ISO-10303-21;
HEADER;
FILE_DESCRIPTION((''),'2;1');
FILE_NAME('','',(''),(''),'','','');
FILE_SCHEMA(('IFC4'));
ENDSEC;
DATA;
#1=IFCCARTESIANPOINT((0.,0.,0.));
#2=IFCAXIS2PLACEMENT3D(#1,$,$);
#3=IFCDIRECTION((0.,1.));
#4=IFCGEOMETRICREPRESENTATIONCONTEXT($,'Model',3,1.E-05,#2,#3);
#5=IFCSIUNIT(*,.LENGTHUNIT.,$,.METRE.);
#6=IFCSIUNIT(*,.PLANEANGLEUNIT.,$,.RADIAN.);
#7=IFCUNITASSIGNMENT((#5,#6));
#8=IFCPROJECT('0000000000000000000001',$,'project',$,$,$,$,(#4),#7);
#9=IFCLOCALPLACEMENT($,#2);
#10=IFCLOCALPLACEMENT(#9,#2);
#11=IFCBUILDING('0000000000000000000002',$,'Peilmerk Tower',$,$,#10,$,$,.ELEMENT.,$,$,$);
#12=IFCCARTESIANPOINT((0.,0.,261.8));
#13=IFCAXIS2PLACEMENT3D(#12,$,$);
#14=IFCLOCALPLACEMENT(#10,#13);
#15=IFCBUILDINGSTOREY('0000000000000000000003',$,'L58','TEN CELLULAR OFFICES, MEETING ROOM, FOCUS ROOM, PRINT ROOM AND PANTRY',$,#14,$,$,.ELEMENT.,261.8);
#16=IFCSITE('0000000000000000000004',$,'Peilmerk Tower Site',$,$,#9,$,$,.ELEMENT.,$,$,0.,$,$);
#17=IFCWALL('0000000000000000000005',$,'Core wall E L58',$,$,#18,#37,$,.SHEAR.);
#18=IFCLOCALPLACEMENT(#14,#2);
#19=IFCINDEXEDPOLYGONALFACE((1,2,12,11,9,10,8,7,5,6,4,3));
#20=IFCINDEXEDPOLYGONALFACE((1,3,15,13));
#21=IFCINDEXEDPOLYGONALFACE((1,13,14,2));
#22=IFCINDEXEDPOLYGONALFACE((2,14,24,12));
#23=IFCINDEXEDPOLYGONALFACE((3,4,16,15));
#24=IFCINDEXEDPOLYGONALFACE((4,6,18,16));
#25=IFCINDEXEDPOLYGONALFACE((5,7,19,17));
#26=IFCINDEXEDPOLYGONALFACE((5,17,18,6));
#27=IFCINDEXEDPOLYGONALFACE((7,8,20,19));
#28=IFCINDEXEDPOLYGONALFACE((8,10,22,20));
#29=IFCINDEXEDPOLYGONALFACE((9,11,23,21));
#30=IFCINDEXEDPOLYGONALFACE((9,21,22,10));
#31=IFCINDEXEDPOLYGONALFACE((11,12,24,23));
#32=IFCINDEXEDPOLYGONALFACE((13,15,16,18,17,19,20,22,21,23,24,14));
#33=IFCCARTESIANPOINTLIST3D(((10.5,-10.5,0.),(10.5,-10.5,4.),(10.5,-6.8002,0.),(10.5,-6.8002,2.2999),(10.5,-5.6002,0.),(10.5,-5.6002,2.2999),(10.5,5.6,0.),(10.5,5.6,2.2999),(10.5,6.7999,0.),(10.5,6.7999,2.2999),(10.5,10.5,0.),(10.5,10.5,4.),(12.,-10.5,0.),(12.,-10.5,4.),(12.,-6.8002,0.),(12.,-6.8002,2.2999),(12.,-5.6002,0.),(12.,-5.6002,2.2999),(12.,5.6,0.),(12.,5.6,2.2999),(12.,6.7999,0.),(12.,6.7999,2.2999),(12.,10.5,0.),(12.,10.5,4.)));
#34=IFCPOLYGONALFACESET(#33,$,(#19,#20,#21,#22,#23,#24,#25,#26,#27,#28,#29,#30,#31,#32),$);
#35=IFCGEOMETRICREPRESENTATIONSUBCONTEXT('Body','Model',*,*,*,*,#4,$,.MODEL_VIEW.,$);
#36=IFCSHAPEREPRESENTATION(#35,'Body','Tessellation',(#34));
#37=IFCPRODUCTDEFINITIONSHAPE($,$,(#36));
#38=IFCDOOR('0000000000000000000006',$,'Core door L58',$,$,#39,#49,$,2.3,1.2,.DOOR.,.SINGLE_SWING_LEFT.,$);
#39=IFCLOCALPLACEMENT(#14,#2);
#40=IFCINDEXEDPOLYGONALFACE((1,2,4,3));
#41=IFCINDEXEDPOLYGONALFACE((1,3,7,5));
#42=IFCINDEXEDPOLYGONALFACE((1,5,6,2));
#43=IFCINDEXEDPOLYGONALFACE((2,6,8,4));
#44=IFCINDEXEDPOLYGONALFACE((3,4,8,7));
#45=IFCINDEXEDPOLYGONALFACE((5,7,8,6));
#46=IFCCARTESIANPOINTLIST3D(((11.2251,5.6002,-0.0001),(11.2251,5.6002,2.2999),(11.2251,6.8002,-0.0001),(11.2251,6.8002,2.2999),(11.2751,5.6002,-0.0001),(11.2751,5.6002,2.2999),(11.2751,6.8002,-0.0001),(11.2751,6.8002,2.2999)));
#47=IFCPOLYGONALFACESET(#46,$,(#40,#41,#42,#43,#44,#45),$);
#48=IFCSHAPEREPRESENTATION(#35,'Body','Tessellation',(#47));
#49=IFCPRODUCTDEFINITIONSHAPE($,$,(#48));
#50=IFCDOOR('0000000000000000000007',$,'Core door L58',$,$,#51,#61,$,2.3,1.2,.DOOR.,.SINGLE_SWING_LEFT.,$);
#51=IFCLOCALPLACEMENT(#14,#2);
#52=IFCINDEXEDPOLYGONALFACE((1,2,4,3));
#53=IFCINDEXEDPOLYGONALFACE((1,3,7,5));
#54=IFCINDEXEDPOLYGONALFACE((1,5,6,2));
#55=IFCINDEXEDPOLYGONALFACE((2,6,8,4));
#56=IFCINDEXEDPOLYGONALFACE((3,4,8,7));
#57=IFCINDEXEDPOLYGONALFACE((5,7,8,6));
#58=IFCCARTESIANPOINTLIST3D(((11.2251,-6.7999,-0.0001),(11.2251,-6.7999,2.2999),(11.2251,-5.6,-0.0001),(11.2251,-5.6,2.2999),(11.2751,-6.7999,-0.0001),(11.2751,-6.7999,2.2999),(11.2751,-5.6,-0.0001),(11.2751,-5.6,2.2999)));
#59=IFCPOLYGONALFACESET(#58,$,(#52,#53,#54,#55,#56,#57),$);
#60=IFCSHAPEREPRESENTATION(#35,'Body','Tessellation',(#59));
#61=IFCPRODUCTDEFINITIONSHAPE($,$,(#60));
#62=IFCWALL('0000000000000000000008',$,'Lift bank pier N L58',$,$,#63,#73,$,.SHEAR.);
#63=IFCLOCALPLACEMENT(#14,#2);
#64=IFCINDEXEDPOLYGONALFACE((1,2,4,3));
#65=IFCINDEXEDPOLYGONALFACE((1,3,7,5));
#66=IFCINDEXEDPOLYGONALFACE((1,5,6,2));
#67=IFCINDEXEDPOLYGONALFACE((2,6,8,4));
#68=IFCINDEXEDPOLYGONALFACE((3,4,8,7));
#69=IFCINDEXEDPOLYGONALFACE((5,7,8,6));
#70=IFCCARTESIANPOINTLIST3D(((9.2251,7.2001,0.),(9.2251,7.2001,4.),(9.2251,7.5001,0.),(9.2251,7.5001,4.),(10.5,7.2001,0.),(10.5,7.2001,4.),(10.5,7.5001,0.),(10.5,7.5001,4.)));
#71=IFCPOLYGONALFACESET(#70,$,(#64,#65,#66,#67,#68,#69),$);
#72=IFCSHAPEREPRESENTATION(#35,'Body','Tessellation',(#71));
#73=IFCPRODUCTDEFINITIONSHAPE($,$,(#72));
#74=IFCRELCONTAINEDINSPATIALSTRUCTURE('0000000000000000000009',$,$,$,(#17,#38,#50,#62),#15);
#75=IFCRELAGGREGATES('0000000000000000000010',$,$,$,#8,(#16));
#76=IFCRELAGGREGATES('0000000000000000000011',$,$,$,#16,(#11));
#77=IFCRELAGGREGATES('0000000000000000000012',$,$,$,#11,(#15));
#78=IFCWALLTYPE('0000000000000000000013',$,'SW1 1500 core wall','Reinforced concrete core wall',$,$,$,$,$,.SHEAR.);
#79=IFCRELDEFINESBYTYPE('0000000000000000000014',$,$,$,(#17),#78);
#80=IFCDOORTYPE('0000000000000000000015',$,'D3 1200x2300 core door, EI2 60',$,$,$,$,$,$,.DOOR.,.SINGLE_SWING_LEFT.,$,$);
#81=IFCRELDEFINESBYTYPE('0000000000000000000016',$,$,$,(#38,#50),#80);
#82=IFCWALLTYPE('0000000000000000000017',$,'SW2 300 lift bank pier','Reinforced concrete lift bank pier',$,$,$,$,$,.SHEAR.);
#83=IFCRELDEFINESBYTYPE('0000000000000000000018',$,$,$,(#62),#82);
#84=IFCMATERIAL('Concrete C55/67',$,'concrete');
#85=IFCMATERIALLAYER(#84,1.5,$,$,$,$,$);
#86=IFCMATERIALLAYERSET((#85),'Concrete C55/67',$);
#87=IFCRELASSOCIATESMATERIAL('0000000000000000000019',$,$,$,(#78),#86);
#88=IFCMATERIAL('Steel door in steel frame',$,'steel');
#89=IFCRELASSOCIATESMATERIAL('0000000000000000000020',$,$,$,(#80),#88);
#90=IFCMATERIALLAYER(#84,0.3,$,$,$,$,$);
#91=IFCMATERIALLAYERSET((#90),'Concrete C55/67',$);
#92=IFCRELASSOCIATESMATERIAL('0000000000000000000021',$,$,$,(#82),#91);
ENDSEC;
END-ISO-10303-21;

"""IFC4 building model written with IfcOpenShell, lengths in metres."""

from ifc_helpers import new_model, si_unit, direction, frame, frame_2d, origin, place, context, subcontext, project, spatial, rectangle, extrude, material, layer, layer_set, type_object, element, fill, save


model = new_model("IFC4")

# Units and contexts
model_context = context("Model", 3, precision=1e-05, world=origin(), true_north=direction((0.0, 1.0)))
body_context = subcontext(model_context, "Body", "Model", "MODEL_VIEW")
ifc_project = project(units=[si_unit("LENGTHUNIT", "METRE"), si_unit("PLANEANGLEUNIT", "RADIAN")], contexts=[model_context])

# Site, building, storey
site_placement = place(None, origin())
site = spatial("IfcSite", under=ifc_project, at=site_placement, Name="Peilmerk Tower Site", CompositionType="ELEMENT", RefElevation=0.0)
building_placement = place(site_placement, origin())
building = spatial("IfcBuilding", under=site, at=building_placement, Name="Peilmerk Tower", CompositionType="ELEMENT")
storey_placement = place(building_placement, frame((0.0, 0.0, 261.8)))
storey = spatial("IfcBuildingStorey", under=building, at=storey_placement, Name="L58", Description="TEN CELLULAR OFFICES, MEETING ROOM, FOCUS ROOM, PRINT ROOM AND PANTRY", CompositionType="ELEMENT", Elevation=261.8)

# Shared definitions
ifc_material_1 = material(Name="Steel door in steel frame", Category="steel")

# Wall, openings, doors
ifc_material_2 = material(Name="Concrete C55/67", Category="concrete")
ifc_layer_1 = layer(ifc_material_2, 1.5)
ifc_layer_set_1 = layer_set([ifc_layer_1], Name="Concrete C55/67")
wall_type_1 = type_object("IfcWallType", Name="SW1 1500 core wall", Description="Reinforced concrete core wall", PredefinedType="SHEAR", material=ifc_layer_set_1)
wall_1_placement = place(storey_placement, frame((11.25, 10.5, 0.0), z_axis=(0.0, 0.0, 1.0), x_axis=(0.0, -1.0, 0.0)))
wall_1 = element("IfcWall", 1, at=wall_1_placement, inside=storey, type_object=wall_type_1, Name="Core wall E L58", PredefinedType="SHEAR", context=body_context, shape_type="SweptSolid", body=[
    extrude(rectangle(XDim=21.0, YDim=1.5, at=frame_2d((10.5, 0.0))), origin(), (0.0, 0.0, 1.0), 4.0),
])
opening_1_placement = place(wall_1_placement, frame((3.7, 0.0, 0.0)))
opening_1 = element("IfcOpeningElement", 2, at=opening_1_placement, cuts=wall_1, PredefinedType="OPENING", context=body_context, shape_type="SweptSolid", body=[
    extrude(rectangle(XDim=1.2, YDim=2.3, at=frame_2d((0.6001, 1.1499))), frame((0.0, 0.76, 0.0), z_axis=(0.0, -1.0, 0.0), x_axis=(1.0, 0.0, 0.0)), (0.0, 0.0, 1.0), 1.52),
])
opening_2_placement = place(wall_1_placement, frame((16.1001, 0.0, 0.0)))
opening_2 = element("IfcOpeningElement", 3, at=opening_2_placement, cuts=wall_1, PredefinedType="OPENING", context=body_context, shape_type="SweptSolid", body=[
    extrude(rectangle(XDim=1.2, YDim=2.3, at=frame_2d((0.6001, 1.1499))), frame((0.0, 0.76, 0.0), z_axis=(0.0, -1.0, 0.0), x_axis=(1.0, 0.0, 0.0)), (0.0, 0.0, 1.0), 1.52),
])
door_type_1 = type_object("IfcDoorType", Name="D3 1200x2300 core door, EI2 60", OperationType="SINGLE_SWING_LEFT", PredefinedType="DOOR", material=ifc_material_1)
door_1_placement = place(opening_1_placement, frame((1.2, 0.0, 0.0), z_axis=(0.0, 0.0, 1.0), x_axis=(-1.0, 0.0, 0.0)))
door_1 = element("IfcDoor", 4, at=door_1_placement, inside=storey, type_object=door_type_1, Name="Core door L58", OperationType="SINGLE_SWING_LEFT", OverallHeight=2.3, OverallWidth=1.2, PredefinedType="DOOR", context=body_context, shape_type="SweptSolid", body=[
    extrude(rectangle(XDim=1.2, YDim=2.3, at=frame_2d((0.6001, 1.1499))), frame((0.0, 0.0249, 0.0), z_axis=(0.0, -1.0, 0.0), x_axis=(1.0, 0.0, 0.0)), (0.0, 0.0, 1.0), 0.05),
])
fill(opening_1, door_1)
door_2_placement = place(opening_2_placement, frame((1.2, 0.0, 0.0), z_axis=(0.0, 0.0, 1.0), x_axis=(-1.0, 0.0, 0.0)))
door_2 = element("IfcDoor", 5, at=door_2_placement, inside=storey, type_object=door_type_1, Name="Core door L58", OperationType="SINGLE_SWING_LEFT", OverallHeight=2.3, OverallWidth=1.2, PredefinedType="DOOR", context=body_context, shape_type="SweptSolid", body=[
    extrude(rectangle(XDim=1.2, YDim=2.3, at=frame_2d((0.6001, 1.1499))), frame((0.0, 0.0249, 0.0), z_axis=(0.0, -1.0, 0.0), x_axis=(1.0, 0.0, 0.0)), (0.0, 0.0, 1.0), 0.05),
])
fill(opening_2, door_2)

# Wall
ifc_layer_2 = layer(ifc_material_2, 0.3)
ifc_layer_set_2 = layer_set([ifc_layer_2], Name="Concrete C55/67")
wall_type_2 = type_object("IfcWallType", Name="SW2 300 lift bank pier", Description="Reinforced concrete lift bank pier", PredefinedType="SHEAR", material=ifc_layer_set_2)
wall_2_placement = place(storey_placement, frame((9.2251, 7.3501, 0.0), z_axis=(0.0, 0.0, 1.0), x_axis=(1.0, 0.0, 0.0)))
element("IfcWall", 6, at=wall_2_placement, inside=storey, type_object=wall_type_2, Name="Lift bank pier N L58", PredefinedType="SHEAR", context=body_context, shape_type="SweptSolid", body=[
    extrude(rectangle(XDim=1.2749, YDim=0.3, at=frame_2d((0.6375, 0.0))), origin(), (0.0, 0.0, 1.0), 4.0),
])

save(model, "model.ifc")
